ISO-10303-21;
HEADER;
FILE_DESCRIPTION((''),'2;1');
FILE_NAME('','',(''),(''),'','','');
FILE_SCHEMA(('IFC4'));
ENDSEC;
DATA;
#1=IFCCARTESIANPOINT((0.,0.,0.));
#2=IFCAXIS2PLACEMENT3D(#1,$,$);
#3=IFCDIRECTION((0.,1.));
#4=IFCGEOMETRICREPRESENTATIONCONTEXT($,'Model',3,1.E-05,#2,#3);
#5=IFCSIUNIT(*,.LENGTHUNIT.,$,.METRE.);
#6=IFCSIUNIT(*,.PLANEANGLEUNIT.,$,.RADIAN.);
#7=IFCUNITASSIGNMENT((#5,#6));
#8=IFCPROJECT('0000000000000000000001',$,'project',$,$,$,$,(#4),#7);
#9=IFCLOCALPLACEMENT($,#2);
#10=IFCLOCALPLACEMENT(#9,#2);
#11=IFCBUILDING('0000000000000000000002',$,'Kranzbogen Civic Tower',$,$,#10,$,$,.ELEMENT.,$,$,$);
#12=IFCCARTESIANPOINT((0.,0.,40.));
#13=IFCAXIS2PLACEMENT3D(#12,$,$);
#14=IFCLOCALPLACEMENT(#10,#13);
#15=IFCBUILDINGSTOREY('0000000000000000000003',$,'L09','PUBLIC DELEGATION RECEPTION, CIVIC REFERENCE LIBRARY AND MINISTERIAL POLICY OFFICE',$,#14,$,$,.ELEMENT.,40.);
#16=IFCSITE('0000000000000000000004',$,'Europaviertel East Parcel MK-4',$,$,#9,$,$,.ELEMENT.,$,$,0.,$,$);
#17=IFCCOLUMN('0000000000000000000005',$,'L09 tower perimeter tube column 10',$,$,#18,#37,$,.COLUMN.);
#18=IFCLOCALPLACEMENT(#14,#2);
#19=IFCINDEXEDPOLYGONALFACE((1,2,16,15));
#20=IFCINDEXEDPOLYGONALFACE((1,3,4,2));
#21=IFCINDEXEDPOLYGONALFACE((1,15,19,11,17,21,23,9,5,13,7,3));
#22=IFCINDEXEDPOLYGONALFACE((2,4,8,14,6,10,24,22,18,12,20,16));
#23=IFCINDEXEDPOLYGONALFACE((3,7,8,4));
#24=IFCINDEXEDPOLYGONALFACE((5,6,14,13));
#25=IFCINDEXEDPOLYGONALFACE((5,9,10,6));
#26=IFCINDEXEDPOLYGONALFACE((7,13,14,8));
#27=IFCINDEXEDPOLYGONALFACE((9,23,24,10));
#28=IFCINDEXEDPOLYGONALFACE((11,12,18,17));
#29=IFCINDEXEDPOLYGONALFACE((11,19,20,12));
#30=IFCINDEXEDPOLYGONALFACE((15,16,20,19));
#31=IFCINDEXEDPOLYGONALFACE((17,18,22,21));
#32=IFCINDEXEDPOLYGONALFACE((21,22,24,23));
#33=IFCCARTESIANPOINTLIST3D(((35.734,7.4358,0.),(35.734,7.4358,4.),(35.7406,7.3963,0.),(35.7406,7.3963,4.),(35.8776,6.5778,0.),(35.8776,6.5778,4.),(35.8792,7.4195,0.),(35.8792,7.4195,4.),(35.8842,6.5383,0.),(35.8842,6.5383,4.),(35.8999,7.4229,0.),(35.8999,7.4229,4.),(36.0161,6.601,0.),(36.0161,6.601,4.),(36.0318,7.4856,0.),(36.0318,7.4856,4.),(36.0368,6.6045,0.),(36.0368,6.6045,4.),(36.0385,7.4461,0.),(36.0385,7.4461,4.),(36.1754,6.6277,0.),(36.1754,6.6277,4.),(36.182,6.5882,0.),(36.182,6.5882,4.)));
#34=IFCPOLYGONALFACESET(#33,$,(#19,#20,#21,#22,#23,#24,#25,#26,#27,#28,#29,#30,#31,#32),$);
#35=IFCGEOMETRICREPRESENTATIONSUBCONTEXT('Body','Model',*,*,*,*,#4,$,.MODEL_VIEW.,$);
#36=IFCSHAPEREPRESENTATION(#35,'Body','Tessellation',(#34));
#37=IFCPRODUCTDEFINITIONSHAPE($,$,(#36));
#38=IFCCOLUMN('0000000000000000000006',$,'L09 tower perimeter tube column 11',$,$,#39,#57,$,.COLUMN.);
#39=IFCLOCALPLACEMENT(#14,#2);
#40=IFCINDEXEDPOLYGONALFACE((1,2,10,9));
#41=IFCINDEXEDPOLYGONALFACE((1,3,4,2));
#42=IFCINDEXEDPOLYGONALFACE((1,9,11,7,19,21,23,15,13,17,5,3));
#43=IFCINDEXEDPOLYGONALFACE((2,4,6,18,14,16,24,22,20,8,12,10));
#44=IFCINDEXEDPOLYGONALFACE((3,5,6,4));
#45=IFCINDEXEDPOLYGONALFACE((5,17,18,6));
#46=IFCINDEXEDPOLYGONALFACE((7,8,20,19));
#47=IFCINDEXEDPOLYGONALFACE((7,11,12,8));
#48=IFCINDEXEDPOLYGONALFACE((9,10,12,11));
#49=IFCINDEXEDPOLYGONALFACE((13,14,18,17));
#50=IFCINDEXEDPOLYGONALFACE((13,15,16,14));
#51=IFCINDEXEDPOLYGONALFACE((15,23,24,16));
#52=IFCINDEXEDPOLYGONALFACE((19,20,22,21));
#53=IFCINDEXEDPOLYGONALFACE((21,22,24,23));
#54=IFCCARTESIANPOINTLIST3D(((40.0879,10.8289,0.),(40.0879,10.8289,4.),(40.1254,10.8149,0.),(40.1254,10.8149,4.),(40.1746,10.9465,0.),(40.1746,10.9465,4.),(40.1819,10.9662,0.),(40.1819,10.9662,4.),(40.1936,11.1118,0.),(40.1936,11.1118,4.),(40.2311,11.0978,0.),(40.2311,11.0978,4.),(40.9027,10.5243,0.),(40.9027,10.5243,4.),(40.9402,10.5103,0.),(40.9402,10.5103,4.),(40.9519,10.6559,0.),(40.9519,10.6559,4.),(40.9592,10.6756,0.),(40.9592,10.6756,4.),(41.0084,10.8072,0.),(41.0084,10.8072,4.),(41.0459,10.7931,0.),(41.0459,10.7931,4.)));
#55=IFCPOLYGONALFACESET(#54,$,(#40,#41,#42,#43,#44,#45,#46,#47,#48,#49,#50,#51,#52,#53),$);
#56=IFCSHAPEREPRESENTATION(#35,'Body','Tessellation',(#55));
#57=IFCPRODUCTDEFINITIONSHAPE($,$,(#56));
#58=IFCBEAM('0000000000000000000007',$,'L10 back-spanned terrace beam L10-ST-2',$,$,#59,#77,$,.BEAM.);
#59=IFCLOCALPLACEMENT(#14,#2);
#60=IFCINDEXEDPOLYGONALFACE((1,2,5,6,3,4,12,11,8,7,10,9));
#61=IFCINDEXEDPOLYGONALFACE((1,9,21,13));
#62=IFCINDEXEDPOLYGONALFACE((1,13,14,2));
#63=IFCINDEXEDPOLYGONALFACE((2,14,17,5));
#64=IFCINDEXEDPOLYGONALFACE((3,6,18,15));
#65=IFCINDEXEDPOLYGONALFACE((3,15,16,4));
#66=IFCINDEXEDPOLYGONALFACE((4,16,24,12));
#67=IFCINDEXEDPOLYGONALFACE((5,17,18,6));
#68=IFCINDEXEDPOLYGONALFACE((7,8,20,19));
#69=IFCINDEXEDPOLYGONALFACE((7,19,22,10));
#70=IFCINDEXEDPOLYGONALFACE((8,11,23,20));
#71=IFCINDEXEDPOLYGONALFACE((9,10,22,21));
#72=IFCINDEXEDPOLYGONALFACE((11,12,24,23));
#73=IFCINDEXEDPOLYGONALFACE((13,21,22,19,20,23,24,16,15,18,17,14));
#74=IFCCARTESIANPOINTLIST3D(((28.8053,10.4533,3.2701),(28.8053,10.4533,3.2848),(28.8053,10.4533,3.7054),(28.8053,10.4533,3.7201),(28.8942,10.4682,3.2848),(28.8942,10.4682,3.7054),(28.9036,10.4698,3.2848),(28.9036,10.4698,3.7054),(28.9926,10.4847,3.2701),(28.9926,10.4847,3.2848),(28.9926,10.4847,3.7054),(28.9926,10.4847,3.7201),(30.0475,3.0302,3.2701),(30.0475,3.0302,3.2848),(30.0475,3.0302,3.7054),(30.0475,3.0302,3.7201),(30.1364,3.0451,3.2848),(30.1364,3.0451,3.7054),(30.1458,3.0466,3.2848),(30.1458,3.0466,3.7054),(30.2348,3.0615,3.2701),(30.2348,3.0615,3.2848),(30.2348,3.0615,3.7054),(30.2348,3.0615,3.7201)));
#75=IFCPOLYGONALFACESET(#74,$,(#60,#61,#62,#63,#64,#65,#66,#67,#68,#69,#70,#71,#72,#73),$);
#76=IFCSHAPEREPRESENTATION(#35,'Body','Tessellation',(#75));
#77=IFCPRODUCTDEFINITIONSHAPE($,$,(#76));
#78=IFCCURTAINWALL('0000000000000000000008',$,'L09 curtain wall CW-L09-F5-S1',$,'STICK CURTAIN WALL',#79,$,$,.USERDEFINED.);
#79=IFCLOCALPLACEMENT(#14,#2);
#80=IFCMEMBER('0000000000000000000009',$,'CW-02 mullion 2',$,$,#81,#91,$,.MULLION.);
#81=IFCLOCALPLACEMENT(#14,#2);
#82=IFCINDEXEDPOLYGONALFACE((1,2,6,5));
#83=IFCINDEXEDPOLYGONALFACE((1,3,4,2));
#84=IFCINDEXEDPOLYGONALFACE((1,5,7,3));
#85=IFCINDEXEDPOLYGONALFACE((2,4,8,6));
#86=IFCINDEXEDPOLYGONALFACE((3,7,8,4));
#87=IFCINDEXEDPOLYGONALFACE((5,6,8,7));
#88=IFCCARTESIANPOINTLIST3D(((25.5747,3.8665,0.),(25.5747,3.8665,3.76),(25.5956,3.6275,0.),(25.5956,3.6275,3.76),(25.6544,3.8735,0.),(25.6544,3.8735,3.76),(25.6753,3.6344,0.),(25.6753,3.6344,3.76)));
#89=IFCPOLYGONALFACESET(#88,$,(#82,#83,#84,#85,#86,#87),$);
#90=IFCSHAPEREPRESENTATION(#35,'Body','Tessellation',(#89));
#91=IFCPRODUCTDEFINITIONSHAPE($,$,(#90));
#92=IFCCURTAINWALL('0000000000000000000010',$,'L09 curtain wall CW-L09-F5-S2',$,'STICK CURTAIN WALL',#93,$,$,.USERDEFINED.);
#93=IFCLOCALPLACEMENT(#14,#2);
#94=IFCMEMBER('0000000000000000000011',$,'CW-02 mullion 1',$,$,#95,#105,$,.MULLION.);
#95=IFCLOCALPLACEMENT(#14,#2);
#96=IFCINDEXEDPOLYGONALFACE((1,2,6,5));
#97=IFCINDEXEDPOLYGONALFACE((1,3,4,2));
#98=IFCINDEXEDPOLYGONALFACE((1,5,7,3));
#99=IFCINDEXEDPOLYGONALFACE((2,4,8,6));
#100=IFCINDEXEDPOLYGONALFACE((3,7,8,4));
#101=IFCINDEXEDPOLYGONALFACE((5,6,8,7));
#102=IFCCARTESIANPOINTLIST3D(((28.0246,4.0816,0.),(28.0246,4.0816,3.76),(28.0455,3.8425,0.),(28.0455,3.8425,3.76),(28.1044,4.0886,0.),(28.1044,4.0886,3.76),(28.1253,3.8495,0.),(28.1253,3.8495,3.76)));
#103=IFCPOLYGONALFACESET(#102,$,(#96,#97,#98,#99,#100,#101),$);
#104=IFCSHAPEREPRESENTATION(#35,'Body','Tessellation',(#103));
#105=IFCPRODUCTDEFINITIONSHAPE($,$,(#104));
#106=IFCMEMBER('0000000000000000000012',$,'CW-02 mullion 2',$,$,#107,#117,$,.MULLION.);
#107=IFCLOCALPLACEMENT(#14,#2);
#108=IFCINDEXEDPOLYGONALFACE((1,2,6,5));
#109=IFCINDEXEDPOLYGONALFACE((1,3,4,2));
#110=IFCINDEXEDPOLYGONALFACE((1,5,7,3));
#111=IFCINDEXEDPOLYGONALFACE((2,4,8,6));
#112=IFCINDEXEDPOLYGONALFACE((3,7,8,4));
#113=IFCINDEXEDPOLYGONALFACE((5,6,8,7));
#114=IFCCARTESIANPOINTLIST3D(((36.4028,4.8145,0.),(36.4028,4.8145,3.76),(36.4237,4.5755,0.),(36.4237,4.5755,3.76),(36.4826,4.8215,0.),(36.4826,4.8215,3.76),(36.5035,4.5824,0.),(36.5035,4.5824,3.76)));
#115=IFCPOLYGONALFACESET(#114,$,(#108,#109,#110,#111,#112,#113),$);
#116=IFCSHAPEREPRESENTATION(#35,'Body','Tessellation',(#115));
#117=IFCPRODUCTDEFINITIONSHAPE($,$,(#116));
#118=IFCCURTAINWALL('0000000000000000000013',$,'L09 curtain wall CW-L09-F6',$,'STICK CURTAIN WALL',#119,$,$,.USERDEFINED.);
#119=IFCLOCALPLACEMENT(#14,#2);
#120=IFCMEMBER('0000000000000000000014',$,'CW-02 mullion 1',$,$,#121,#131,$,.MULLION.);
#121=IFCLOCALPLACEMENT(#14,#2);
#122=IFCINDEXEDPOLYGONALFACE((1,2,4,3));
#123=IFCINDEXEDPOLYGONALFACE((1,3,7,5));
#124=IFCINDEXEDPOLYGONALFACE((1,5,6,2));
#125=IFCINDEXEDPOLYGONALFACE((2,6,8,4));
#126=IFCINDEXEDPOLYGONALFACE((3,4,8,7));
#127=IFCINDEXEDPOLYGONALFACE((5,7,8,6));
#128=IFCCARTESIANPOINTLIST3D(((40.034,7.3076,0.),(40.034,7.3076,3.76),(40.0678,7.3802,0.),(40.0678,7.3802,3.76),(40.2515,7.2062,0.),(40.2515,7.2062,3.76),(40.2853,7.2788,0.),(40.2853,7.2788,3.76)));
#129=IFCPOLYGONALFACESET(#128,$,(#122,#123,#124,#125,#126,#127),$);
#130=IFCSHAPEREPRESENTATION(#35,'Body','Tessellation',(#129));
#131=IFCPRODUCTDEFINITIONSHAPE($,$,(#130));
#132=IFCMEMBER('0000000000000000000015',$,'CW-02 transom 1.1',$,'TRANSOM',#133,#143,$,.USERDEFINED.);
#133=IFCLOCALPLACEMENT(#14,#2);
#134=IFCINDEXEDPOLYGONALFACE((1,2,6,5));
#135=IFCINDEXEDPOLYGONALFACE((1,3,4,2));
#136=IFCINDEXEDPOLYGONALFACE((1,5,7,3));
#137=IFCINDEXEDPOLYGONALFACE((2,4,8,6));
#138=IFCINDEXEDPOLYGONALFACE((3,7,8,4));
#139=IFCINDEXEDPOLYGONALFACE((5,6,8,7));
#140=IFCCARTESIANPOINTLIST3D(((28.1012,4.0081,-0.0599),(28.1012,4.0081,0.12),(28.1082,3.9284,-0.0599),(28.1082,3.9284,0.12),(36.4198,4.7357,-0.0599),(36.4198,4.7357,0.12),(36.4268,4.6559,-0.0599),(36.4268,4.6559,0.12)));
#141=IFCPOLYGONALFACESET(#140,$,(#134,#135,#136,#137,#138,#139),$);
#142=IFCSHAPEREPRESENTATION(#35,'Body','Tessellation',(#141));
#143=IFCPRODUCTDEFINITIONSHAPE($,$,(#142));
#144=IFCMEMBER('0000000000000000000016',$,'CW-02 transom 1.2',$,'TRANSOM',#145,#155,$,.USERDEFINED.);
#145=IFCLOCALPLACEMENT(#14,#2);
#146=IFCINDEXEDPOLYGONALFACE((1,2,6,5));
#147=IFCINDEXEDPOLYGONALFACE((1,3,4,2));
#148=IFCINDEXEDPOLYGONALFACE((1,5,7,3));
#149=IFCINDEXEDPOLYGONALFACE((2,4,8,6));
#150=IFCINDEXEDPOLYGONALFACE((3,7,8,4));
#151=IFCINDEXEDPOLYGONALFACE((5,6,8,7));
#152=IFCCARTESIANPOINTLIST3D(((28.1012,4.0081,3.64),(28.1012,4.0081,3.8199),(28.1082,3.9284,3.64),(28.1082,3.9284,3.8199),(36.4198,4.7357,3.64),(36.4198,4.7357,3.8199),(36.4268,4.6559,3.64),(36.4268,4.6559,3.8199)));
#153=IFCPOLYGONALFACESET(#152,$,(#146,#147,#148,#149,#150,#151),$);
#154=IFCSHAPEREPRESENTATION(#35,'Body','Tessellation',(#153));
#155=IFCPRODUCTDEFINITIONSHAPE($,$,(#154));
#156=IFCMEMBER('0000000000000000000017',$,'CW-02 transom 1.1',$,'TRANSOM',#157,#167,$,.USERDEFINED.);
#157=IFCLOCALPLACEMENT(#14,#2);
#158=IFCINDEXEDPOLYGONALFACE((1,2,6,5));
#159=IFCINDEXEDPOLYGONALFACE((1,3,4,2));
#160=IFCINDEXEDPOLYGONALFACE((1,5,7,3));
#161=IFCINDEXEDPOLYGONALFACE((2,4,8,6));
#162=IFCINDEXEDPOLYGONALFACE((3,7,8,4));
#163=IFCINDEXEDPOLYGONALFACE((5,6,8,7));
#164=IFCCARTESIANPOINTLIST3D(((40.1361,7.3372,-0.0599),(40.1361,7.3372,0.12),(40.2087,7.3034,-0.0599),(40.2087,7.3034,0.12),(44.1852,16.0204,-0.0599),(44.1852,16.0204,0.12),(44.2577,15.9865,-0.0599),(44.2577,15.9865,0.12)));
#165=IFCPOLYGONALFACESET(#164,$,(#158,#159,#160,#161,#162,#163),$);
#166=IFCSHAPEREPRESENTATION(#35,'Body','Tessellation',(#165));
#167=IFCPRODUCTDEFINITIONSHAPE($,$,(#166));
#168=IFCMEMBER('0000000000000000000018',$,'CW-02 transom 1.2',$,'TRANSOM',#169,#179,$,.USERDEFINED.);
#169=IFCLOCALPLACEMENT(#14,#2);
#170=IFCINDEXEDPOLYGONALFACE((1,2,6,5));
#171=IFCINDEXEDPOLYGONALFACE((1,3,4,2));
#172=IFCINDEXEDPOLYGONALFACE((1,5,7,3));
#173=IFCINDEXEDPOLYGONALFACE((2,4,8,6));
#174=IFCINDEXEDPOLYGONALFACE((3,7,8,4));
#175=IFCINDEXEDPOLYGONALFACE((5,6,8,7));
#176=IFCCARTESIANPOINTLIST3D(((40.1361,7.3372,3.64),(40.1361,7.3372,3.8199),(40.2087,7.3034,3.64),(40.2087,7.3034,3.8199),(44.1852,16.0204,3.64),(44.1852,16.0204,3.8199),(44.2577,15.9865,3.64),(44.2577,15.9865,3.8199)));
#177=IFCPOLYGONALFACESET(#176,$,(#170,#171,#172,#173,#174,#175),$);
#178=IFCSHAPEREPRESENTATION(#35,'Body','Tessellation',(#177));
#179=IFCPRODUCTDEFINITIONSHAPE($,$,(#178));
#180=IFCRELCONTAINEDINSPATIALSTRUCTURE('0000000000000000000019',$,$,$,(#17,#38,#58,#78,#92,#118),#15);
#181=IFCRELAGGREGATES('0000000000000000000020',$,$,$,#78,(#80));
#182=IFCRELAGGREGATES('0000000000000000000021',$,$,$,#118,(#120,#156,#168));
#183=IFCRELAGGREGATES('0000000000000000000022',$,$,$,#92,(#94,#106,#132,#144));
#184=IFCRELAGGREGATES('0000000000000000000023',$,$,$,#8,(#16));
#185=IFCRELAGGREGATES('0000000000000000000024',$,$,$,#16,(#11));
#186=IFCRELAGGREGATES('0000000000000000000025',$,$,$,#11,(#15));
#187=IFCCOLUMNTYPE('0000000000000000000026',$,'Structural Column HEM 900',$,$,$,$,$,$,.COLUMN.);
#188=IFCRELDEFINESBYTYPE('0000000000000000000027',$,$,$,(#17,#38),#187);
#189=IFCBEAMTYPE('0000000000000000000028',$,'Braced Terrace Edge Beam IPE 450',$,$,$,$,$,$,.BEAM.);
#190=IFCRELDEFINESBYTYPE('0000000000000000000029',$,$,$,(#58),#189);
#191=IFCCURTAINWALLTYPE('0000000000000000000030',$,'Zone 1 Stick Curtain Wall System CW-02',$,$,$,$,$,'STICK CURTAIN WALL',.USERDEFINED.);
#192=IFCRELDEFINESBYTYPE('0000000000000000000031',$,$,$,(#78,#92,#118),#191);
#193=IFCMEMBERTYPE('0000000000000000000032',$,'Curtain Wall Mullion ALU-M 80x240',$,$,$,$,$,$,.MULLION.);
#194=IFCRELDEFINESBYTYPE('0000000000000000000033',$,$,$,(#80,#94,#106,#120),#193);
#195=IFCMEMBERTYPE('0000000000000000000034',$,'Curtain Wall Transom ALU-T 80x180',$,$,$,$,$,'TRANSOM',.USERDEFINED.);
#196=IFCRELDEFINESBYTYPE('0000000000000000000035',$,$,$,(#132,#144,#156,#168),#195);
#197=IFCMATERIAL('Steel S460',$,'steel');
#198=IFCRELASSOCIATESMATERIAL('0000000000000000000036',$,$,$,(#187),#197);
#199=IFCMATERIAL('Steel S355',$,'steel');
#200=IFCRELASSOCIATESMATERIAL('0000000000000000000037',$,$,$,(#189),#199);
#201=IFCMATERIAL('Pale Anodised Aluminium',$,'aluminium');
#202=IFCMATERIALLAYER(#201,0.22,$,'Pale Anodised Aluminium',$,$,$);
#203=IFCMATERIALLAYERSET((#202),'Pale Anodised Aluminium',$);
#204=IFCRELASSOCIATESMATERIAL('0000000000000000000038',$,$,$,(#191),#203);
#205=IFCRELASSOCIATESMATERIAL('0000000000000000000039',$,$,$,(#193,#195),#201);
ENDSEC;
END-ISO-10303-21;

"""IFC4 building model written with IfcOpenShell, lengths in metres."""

from ifc_helpers import new_model, si_unit, direction, frame, origin, origin_2d, place, context, subcontext, project, spatial, rectangle, i_section, extrude, material, layer, layer_set, material_profile, profile_set, type_object, element, aggregate, save


model = new_model("IFC4")

# Units and contexts
model_context = context("Model", 3, precision=1e-05, world=origin(), true_north=direction((0.0, 1.0)))
body_context = subcontext(model_context, "Body", "Model", "MODEL_VIEW")
ifc_project = project(units=[si_unit("LENGTHUNIT", "METRE"), si_unit("PLANEANGLEUNIT", "RADIAN")], contexts=[model_context])

# Site, building, storey
site_placement = place(None, origin())
site = spatial("IfcSite", under=ifc_project, at=site_placement, Name="Europaviertel East Parcel MK-4", CompositionType="ELEMENT", RefElevation=0.0)
building_placement = place(site_placement, origin())
building = spatial("IfcBuilding", under=site, at=building_placement, Name="Kranzbogen Civic Tower", CompositionType="ELEMENT")
storey_placement = place(building_placement, frame((0.0, 0.0, 40.0)))
storey = spatial("IfcBuildingStorey", under=building, at=storey_placement, Name="L09", Description="PUBLIC DELEGATION RECEPTION, CIVIC REFERENCE LIBRARY AND MINISTERIAL POLICY OFFICE", CompositionType="ELEMENT", Elevation=40.0)

# Columns
ifc_material_1 = material(Name="Steel S460", Category="steel")
ifc_material_profile_1 = material_profile(ifc_material_1, i_section(OverallWidth=0.302, OverallDepth=0.9099, WebThickness=0.021, FlangeThickness=0.04, at=origin_2d()), Name="HEM 900")
ifc_profile_set_1 = profile_set([ifc_material_profile_1], Name="Steel S460")
column_type = type_object("IfcColumnType", Name="Structural Column HEM 900", PredefinedType="COLUMN", material=ifc_profile_set_1)
for number, where, z_axis, x_axis, name in (
    (1, (35.958, 7.012, 0.0), (0.0, 0.0, 1.0), (0.986286, 0.165048, 0.0), "L09 tower perimeter tube column 10"),
    (2, (40.5669, 10.811, 0.0), (0.0, 0.0, 1.0), (0.350207, 0.936672, 0.0), "L09 tower perimeter tube column 11"),
):
    element("IfcColumn", number, at=place(storey_placement, frame(where, z_axis=z_axis, x_axis=x_axis)), inside=storey, type_object=column_type, Name=name, PredefinedType="COLUMN", context=body_context, shape_type="SweptSolid", body=[
        extrude(i_section(OverallWidth=0.302, OverallDepth=0.9099, WebThickness=0.021, FlangeThickness=0.04, at=origin_2d()), origin(), (0.0, 0.0, 1.0), 4.0),
    ])

# Beam
ifc_material_2 = material(Name="Steel S355", Category="steel")
ifc_material_profile_2 = material_profile(ifc_material_2, i_section(OverallWidth=0.1899, OverallDepth=0.45, WebThickness=0.0095, FlangeThickness=0.0146, at=origin_2d()), Name="IPE 450")
ifc_profile_set_2 = profile_set([ifc_material_profile_2], Name="Steel S355")
beam_type_1 = type_object("IfcBeamType", Name="Braced Terrace Edge Beam IPE 450", PredefinedType="BEAM", material=ifc_profile_set_2)
beam_1_placement = place(storey_placement, frame((28.8989, 10.469, 3.4951), z_axis=(0.165046, -0.986286, 0.0), x_axis=(0.986286, 0.165046, 0.0)))
element("IfcBeam", 3, at=beam_1_placement, inside=storey, type_object=beam_type_1, Name="L10 back-spanned terrace beam L10-ST-2", PredefinedType="BEAM", context=body_context, shape_type="SweptSolid", body=[
    extrude(i_section(OverallWidth=0.1899, OverallDepth=0.45, WebThickness=0.0095, FlangeThickness=0.0146, at=origin_2d()), origin(), (0.0, 0.0, 1.0), 7.5264),
])

# Curtain wall, member
ifc_material_3 = material(Name="Pale Anodised Aluminium", Category="aluminium")
ifc_layer_1 = layer(ifc_material_3, 0.22, Name="Pale Anodised Aluminium")
ifc_layer_set_1 = layer_set([ifc_layer_1], Name="Pale Anodised Aluminium")
curtain_wall_type = type_object("IfcCurtainWallType", Name="Zone 1 Stick Curtain Wall System CW-02", ElementType="STICK CURTAIN WALL", PredefinedType="USERDEFINED", material=ifc_layer_set_1)
curtain_wall_1_placement = place(storey_placement, origin())
curtain_wall_1 = element("IfcCurtainWall", 4, at=curtain_wall_1_placement, inside=storey, type_object=curtain_wall_type, Name="L09 curtain wall CW-L09-F5-S1", ObjectType="STICK CURTAIN WALL", PredefinedType="USERDEFINED")
ifc_material_profile_3 = material_profile(ifc_material_3, rectangle(XDim=0.0801, YDim=0.24, at=origin_2d()), Name="ALU-M 80x240")
ifc_profile_set_3 = profile_set([ifc_material_profile_3], Name="Pale Anodised Aluminium")
member_type_1 = type_object("IfcMemberType", Name="Curtain Wall Mullion ALU-M 80x240", PredefinedType="MULLION", material=ifc_profile_set_3)
member_1_placement = place(storey_placement, frame((25.625, 3.7505, 0.0), z_axis=(0.0, 0.0, 1.0), x_axis=(0.996198, 0.087119, 0.0)))
member_1 = element("IfcMember", 5, at=member_1_placement, type_object=member_type_1, Name="CW-02 mullion 2", PredefinedType="MULLION", context=body_context, shape_type="SweptSolid", body=[
    extrude(rectangle(XDim=0.0801, YDim=0.24, at=origin_2d()), origin(), (0.0, 0.0, 1.0), 3.76),
])
aggregate(curtain_wall_1, [member_1])

# Curtain wall, members
curtain_wall_2_placement = place(storey_placement, origin())
curtain_wall_2 = element("IfcCurtainWall", 6, at=curtain_wall_2_placement, inside=storey, type_object=curtain_wall_type, Name="L09 curtain wall CW-L09-F5-S2", ObjectType="STICK CURTAIN WALL", PredefinedType="USERDEFINED")
member_2_placement = place(storey_placement, frame((28.075, 3.9656, 0.0), z_axis=(0.0, 0.0, 1.0), x_axis=(0.996197, 0.087129, 0.0)))
member_2 = element("IfcMember", 7, at=member_2_placement, type_object=member_type_1, Name="CW-02 mullion 1", PredefinedType="MULLION", context=body_context, shape_type="SweptSolid", body=[
    extrude(rectangle(XDim=0.0801, YDim=0.24, at=origin_2d()), origin(), (0.0, 0.0, 1.0), 3.76),
])
member_3_placement = place(storey_placement, frame((36.4531, 4.6985, 0.0), z_axis=(0.0, 0.0, 1.0), x_axis=(0.996197, 0.087129, 0.0)))
member_3 = element("IfcMember", 8, at=member_3_placement, type_object=member_type_1, Name="CW-02 mullion 2", PredefinedType="MULLION", context=body_context, shape_type="SweptSolid", body=[
    extrude(rectangle(XDim=0.0801, YDim=0.24, at=origin_2d()), origin(), (0.0, 0.0, 1.0), 3.76),
])

# Curtain wall, member
curtain_wall_3_placement = place(storey_placement, origin())
curtain_wall_3 = element("IfcCurtainWall", 9, at=curtain_wall_3_placement, inside=storey, type_object=curtain_wall_type, Name="L09 curtain wall CW-L09-F6", ObjectType="STICK CURTAIN WALL", PredefinedType="USERDEFINED")
member_4_placement = place(storey_placement, frame((40.1597, 7.2932, 0.0), z_axis=(0.0, 0.0, 1.0), x_axis=(0.422622, 0.906306, 0.0)))
member_4 = element("IfcMember", 10, at=member_4_placement, type_object=member_type_1, Name="CW-02 mullion 1", PredefinedType="MULLION", context=body_context, shape_type="SweptSolid", body=[
    extrude(rectangle(XDim=0.0801, YDim=0.24, at=origin_2d()), origin(), (0.0, 0.0, 1.0), 3.76),
])

# Members
ifc_material_profile_4 = material_profile(ifc_material_3, rectangle(XDim=0.0801, YDim=0.1799, at=origin_2d()), Name="ALU-T 80x180")
ifc_profile_set_4 = profile_set([ifc_material_profile_4], Name="Pale Anodised Aluminium")
member_type_2 = type_object("IfcMemberType", Name="Curtain Wall Transom ALU-T 80x180", ElementType="TRANSOM", PredefinedType="USERDEFINED", material=ifc_profile_set_4)
member_5_placement = place(storey_placement, frame((28.1047, 3.9683, 0.03), z_axis=(0.996197, 0.087127, 0.0), x_axis=(-0.087127, 0.996197, 0.0)))
member_5 = element("IfcMember", 11, at=member_5_placement, type_object=member_type_2, Name="CW-02 transom 1.1", ObjectType="TRANSOM", PredefinedType="USERDEFINED", context=body_context, shape_type="SweptSolid", body=[
    extrude(rectangle(XDim=0.0801, YDim=0.1799, at=origin_2d()), origin(), (0.0, 0.0, 1.0), 8.3503),
])
member_6_placement = place(storey_placement, frame((28.1047, 3.9683, 3.73), z_axis=(0.996197, 0.087127, 0.0), x_axis=(-0.087127, 0.996197, 0.0)))
member_6 = element("IfcMember", 12, at=member_6_placement, type_object=member_type_2, Name="CW-02 transom 1.2", ObjectType="TRANSOM", PredefinedType="USERDEFINED", context=body_context, shape_type="SweptSolid", body=[
    extrude(rectangle(XDim=0.0801, YDim=0.1799, at=origin_2d()), origin(), (0.0, 0.0, 1.0), 8.3503),
])
member_7_placement = place(storey_placement, frame((40.1724, 7.3203, 0.03), z_axis=(0.422625, 0.906305, 0.0), x_axis=(-0.906305, 0.422625, 0.0)))
member_7 = element("IfcMember", 13, at=member_7_placement, type_object=member_type_2, Name="CW-02 transom 1.1", ObjectType="TRANSOM", PredefinedType="USERDEFINED", context=body_context, shape_type="SweptSolid", body=[
    extrude(rectangle(XDim=0.0801, YDim=0.1799, at=origin_2d()), origin(), (0.0, 0.0, 1.0), 9.5808),
])
member_8_placement = place(storey_placement, frame((40.1724, 7.3203, 3.73), z_axis=(0.422625, 0.906305, 0.0), x_axis=(-0.906305, 0.422625, 0.0)))
member_8 = element("IfcMember", 14, at=member_8_placement, type_object=member_type_2, Name="CW-02 transom 1.2", ObjectType="TRANSOM", PredefinedType="USERDEFINED", context=body_context, shape_type="SweptSolid", body=[
    extrude(rectangle(XDim=0.0801, YDim=0.1799, at=origin_2d()), origin(), (0.0, 0.0, 1.0), 9.5808),
])
aggregate(curtain_wall_3, [member_4, member_7, member_8])

aggregate(curtain_wall_2, [member_2, member_3, member_5, member_6])

save(model, "model.ifc")
